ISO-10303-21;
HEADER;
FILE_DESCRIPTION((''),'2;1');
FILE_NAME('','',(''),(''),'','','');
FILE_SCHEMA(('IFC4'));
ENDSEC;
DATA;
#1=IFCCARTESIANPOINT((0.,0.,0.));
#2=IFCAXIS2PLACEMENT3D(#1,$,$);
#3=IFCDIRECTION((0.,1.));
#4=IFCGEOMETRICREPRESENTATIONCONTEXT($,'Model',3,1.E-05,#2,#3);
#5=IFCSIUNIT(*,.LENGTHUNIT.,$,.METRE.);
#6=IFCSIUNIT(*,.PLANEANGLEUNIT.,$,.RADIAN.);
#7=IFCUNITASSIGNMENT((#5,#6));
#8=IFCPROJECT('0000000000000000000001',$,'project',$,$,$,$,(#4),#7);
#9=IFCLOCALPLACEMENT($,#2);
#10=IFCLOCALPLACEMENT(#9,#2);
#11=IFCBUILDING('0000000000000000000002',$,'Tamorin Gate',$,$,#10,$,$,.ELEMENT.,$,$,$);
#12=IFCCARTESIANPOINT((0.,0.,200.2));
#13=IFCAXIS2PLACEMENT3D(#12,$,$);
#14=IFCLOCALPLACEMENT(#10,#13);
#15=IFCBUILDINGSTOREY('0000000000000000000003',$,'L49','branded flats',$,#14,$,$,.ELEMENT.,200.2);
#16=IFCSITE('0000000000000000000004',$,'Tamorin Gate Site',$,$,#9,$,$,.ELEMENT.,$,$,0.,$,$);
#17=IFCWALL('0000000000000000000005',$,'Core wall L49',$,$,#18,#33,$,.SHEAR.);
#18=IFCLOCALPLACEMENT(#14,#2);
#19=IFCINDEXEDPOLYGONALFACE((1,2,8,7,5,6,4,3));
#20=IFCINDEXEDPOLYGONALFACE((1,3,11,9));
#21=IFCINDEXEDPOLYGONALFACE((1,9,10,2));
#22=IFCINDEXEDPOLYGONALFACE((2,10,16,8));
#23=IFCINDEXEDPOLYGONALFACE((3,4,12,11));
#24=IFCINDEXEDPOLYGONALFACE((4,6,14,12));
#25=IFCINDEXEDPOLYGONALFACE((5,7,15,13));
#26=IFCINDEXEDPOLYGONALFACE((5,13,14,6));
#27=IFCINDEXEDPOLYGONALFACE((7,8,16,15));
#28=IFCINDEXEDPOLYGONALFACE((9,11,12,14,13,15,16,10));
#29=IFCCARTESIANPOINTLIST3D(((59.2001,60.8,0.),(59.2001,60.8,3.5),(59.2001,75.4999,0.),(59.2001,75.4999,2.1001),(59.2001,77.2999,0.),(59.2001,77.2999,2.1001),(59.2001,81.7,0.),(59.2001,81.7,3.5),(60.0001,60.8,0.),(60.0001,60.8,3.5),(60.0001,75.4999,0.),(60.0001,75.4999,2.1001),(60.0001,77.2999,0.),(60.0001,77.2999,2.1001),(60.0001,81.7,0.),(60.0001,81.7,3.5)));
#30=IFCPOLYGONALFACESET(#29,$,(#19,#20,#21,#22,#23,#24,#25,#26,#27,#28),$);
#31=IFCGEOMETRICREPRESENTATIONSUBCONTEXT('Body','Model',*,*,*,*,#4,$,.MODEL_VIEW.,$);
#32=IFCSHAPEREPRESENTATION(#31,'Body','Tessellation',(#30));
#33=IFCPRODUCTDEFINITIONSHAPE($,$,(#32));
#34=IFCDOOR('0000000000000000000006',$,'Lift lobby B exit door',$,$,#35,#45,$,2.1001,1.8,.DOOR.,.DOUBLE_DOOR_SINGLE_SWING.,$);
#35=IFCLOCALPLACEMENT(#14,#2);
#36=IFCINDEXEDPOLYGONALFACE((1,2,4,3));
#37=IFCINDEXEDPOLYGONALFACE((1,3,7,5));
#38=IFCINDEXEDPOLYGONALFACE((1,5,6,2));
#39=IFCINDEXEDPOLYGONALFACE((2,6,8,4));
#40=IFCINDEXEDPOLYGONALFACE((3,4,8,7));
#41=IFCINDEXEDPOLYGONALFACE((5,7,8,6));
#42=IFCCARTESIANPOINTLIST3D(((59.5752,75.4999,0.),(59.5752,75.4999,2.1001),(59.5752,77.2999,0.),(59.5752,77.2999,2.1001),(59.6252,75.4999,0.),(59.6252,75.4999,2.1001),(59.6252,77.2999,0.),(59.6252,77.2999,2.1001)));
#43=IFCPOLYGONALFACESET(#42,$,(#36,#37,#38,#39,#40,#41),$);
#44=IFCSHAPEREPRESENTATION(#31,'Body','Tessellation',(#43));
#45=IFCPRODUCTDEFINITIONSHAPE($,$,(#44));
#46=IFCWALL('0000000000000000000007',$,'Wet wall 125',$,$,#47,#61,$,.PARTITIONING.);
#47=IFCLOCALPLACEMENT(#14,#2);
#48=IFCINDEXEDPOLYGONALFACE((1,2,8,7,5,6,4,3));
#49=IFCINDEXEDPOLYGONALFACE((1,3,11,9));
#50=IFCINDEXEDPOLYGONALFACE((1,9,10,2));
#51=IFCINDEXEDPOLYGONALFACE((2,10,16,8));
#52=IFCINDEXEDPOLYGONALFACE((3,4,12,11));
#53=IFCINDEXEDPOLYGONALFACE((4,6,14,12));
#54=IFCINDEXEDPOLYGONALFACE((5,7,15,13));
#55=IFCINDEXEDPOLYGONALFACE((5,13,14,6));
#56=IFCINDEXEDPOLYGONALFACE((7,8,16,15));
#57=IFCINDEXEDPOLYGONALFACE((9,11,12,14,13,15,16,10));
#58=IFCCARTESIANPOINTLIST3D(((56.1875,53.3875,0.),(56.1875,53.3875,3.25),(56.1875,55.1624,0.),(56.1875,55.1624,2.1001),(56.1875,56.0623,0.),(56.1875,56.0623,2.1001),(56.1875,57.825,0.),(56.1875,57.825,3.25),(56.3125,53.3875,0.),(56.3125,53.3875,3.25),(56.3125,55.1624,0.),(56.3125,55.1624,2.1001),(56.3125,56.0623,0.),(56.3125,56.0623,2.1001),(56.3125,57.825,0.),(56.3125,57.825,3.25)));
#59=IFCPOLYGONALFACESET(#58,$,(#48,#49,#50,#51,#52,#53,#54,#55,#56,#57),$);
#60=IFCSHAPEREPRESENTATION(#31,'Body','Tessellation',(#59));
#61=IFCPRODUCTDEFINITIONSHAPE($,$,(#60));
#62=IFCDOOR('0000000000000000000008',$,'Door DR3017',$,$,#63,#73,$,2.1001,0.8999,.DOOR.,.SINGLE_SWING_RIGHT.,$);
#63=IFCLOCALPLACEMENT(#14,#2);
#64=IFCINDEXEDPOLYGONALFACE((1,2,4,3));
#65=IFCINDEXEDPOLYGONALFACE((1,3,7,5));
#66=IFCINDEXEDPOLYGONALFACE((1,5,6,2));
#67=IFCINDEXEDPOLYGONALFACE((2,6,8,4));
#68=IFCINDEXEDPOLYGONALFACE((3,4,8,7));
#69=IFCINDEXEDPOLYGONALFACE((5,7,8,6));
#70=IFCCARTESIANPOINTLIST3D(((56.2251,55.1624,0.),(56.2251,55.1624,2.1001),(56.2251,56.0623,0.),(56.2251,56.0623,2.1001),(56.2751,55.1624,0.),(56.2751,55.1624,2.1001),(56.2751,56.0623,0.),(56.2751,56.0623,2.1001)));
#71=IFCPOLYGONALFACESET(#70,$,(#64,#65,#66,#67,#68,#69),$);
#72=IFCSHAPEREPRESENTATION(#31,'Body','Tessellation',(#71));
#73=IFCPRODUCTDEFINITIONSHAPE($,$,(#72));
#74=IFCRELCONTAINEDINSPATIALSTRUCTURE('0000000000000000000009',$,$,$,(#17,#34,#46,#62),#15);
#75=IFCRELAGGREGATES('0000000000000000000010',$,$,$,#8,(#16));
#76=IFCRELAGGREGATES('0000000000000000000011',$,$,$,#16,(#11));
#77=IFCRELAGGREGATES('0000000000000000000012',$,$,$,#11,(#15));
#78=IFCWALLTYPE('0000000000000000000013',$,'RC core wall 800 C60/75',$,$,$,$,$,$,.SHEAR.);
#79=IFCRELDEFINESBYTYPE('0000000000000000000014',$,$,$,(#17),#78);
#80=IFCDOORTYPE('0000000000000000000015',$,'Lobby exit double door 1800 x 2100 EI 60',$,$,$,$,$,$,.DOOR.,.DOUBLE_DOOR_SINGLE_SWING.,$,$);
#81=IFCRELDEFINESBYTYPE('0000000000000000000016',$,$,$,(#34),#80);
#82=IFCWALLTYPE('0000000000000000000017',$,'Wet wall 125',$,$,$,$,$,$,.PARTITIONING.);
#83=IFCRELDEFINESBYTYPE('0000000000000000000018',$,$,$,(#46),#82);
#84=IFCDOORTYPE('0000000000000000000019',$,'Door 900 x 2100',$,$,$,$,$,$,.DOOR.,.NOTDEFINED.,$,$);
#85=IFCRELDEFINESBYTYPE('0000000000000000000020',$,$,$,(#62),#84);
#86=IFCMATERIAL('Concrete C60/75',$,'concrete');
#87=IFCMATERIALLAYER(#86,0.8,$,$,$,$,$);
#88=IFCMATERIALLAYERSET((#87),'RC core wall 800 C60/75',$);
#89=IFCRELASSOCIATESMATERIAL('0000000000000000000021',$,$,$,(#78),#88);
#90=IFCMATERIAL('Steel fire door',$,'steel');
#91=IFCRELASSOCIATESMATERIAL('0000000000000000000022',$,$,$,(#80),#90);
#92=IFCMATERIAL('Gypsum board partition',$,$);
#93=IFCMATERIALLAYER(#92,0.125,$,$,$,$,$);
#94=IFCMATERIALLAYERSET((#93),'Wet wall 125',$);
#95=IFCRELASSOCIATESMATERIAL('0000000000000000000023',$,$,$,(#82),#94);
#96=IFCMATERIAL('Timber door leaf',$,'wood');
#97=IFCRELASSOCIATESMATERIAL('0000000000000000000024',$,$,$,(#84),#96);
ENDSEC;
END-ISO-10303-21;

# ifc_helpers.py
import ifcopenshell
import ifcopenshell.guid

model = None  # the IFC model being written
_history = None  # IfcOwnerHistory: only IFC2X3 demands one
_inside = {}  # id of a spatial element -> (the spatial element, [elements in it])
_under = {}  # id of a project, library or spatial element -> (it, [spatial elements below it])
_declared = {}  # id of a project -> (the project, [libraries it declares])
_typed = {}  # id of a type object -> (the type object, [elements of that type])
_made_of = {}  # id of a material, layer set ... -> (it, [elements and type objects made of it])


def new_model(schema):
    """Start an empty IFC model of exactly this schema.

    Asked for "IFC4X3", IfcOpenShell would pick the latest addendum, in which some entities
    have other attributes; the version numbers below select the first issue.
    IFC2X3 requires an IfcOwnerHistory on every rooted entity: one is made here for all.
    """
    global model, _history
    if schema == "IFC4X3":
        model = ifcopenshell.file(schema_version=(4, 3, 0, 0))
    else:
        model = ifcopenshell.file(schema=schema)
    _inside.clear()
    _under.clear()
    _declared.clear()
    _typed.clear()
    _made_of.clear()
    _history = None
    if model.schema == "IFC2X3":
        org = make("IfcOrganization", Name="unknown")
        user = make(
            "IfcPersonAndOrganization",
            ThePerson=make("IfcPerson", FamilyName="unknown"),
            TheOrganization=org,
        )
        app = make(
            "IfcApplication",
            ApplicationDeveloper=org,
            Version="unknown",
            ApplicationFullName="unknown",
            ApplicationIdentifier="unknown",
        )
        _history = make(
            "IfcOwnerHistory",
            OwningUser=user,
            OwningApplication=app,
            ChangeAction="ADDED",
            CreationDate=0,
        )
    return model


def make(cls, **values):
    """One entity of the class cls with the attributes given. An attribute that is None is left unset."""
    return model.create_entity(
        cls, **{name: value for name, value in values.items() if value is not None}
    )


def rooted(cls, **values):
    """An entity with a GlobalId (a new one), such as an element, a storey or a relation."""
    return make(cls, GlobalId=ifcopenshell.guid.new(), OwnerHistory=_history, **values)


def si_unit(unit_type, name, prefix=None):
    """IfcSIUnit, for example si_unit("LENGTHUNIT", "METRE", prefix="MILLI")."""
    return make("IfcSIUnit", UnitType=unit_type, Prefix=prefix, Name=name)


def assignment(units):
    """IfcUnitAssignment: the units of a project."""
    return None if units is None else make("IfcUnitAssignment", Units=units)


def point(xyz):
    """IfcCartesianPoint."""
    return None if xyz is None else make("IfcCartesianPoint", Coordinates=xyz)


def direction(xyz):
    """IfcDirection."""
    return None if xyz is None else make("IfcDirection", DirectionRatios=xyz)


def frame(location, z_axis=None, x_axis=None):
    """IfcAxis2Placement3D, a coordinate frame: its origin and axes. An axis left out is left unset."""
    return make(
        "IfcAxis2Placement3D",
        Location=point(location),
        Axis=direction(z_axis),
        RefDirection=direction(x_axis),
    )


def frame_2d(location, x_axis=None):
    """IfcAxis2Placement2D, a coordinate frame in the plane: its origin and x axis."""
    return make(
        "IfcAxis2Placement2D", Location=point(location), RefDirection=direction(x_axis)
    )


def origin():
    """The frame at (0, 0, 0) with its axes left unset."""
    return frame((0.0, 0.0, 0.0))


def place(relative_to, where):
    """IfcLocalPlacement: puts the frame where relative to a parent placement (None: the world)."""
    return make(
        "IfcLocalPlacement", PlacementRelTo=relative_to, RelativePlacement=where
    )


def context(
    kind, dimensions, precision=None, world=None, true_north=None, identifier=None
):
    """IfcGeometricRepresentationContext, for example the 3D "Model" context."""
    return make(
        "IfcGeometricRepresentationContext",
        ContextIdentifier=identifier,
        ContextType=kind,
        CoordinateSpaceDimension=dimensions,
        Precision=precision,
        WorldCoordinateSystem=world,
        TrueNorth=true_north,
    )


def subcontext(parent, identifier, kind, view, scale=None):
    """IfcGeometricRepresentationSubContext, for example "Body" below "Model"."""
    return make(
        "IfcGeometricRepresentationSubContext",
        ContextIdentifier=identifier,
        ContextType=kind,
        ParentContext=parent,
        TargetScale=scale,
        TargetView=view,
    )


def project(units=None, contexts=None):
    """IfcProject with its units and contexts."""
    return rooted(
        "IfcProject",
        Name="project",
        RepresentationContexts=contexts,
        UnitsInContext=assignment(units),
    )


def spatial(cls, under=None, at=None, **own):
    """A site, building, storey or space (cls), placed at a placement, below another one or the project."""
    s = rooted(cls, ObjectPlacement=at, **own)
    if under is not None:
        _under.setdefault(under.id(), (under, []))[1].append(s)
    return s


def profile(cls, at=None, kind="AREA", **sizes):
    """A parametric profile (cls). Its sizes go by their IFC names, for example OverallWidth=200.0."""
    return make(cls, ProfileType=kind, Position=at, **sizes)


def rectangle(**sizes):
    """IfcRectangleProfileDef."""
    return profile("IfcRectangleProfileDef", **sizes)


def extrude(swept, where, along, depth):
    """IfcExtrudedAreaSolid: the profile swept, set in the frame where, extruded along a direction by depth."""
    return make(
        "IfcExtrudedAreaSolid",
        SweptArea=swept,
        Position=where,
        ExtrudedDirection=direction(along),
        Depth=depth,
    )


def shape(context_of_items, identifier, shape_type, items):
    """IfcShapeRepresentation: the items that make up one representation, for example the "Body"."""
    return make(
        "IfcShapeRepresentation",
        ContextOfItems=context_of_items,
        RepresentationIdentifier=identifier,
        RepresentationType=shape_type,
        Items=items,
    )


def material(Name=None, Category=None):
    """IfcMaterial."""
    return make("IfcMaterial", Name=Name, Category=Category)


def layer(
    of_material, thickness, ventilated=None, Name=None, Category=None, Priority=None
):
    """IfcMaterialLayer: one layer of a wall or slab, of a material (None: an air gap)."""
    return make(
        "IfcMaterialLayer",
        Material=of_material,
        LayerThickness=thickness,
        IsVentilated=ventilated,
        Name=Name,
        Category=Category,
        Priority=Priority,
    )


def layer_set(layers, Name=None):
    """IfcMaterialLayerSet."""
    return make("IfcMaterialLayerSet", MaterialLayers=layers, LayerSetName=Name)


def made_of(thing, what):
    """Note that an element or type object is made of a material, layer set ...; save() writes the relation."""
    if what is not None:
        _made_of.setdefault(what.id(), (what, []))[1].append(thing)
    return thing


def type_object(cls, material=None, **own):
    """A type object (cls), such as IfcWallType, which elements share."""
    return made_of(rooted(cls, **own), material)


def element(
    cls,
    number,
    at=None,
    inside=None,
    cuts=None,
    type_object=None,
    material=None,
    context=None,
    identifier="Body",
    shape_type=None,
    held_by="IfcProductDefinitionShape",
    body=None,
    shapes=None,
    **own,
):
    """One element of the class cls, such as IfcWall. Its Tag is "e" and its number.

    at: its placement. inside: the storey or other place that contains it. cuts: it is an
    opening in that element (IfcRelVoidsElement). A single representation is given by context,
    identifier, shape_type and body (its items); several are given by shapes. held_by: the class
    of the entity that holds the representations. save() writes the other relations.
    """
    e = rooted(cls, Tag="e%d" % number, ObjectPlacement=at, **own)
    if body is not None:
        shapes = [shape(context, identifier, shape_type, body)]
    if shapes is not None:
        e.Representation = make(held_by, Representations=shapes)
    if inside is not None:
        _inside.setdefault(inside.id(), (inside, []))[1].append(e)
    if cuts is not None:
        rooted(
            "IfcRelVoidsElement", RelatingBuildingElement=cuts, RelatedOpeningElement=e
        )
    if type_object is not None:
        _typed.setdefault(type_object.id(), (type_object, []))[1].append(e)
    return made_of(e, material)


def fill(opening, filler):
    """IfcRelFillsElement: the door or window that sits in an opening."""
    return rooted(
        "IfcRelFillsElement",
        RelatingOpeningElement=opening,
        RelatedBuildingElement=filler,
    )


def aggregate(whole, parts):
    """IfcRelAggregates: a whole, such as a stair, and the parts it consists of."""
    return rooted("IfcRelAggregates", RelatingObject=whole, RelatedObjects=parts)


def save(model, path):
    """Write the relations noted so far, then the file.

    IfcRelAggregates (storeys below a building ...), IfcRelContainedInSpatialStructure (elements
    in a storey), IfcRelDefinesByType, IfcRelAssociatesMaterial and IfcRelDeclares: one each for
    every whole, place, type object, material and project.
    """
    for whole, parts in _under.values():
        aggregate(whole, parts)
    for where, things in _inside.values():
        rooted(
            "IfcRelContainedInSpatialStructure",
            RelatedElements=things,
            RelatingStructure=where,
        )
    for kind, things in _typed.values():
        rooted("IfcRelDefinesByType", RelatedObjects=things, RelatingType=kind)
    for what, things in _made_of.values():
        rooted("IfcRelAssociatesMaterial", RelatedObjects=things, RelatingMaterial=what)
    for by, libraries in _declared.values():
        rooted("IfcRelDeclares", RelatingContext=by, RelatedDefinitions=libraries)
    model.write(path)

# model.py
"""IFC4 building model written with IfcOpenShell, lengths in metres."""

from ifc_helpers import new_model, si_unit, direction, frame, frame_2d, origin, place, context, subcontext, project, spatial, rectangle, extrude, material, layer, layer_set, type_object, element, fill, save


model = new_model("IFC4")

# Units and contexts
model_context = context("Model", 3, precision=1e-05, world=origin(), true_north=direction((0.0, 1.0)))
body_context = subcontext(model_context, "Body", "Model", "MODEL_VIEW")
ifc_project = project(units=[si_unit("LENGTHUNIT", "METRE"), si_unit("PLANEANGLEUNIT", "RADIAN")], contexts=[model_context])

# Site, building, storey
site_placement = place(None, origin())
site = spatial("IfcSite", under=ifc_project, at=site_placement, Name="Tamorin Gate Site", CompositionType="ELEMENT", RefElevation=0.0)
building_placement = place(site_placement, origin())
building = spatial("IfcBuilding", under=site, at=building_placement, Name="Tamorin Gate", CompositionType="ELEMENT")
storey_placement = place(building_placement, frame((0.0, 0.0, 200.2)))
storey = spatial("IfcBuildingStorey", under=building, at=storey_placement, Name="L49", Description="branded flats", CompositionType="ELEMENT", Elevation=200.2)

# Shared definitions
ifc_material_1 = material(Name="Concrete C60/75", Category="concrete")

# Shared definitions
ifc_material_2 = material(Name="Gypsum board partition")
ifc_material_3 = material(Name="Timber door leaf", Category="wood")

# Walls, openings, doors
ifc_layer_1 = layer(ifc_material_1, 0.8)
ifc_layer_set_1 = layer_set([ifc_layer_1], Name="RC core wall 800 C60/75")
wall_type_1 = type_object("IfcWallType", Name="RC core wall 800 C60/75", PredefinedType="SHEAR", material=ifc_layer_set_1)
wall_1_placement = place(storey_placement, frame((59.6001, 60.8, 0.0), z_axis=(0.0, 0.0, 1.0), x_axis=(0.0, 1.0, 0.0)))
wall_1 = element("IfcWall", 1, at=wall_1_placement, inside=storey, type_object=wall_type_1, Name="Core wall L49", PredefinedType="SHEAR", context=body_context, shape_type="SweptSolid", body=[
    extrude(rectangle(XDim=20.8999, YDim=0.8, at=frame_2d((10.45, 0.0))), origin(), (0.0, 0.0, 1.0), 3.5),
])
opening_1_placement = place(wall_1_placement, frame((14.7, 0.0, 0.0)))
opening_1 = element("IfcOpeningElement", 2, at=opening_1_placement, cuts=wall_1, PredefinedType="OPENING", context=body_context, shape_type="SweptSolid", body=[
    extrude(rectangle(XDim=1.8, YDim=2.1001, at=frame_2d((0.8999, 1.05))), frame((0.0, 0.4099, 0.0), z_axis=(0.0, -1.0, 0.0), x_axis=(1.0, 0.0, 0.0)), (0.0, 0.0, 1.0), 0.8201),
])
ifc_material_4 = material(Name="Steel fire door", Category="steel")
door_type_1 = type_object("IfcDoorType", Name="Lobby exit double door 1800 x 2100 EI 60", OperationType="DOUBLE_DOOR_SINGLE_SWING", PredefinedType="DOOR", material=ifc_material_4)
door_1_placement = place(opening_1_placement, origin())
door_1 = element("IfcDoor", 3, at=door_1_placement, inside=storey, type_object=door_type_1, Name="Lift lobby B exit door", OperationType="DOUBLE_DOOR_SINGLE_SWING", OverallHeight=2.1001, OverallWidth=1.8, PredefinedType="DOOR", context=body_context, shape_type="SweptSolid", body=[
    extrude(rectangle(XDim=1.8, YDim=2.1001, at=frame_2d((0.8999, 1.05))), frame((0.0, 0.0249, 0.0), z_axis=(0.0, -1.0, 0.0), x_axis=(1.0, 0.0, 0.0)), (0.0, 0.0, 1.0), 0.05),
])
fill(opening_1, door_1)
ifc_layer_2 = layer(ifc_material_2, 0.125)
ifc_layer_set_2 = layer_set([ifc_layer_2], Name="Wet wall 125")
wall_type_2 = type_object("IfcWallType", Name="Wet wall 125", PredefinedType="PARTITIONING", material=ifc_layer_set_2)
wall_2_placement = place(storey_placement, frame((56.25, 53.3875, 0.0), z_axis=(0.0, 0.0, 1.0), x_axis=(0.0, 1.0, 0.0)))
wall_2 = element("IfcWall", 4, at=wall_2_placement, inside=storey, type_object=wall_type_2, Name="Wet wall 125", PredefinedType="PARTITIONING", context=body_context, shape_type="SweptSolid", body=[
    extrude(rectangle(XDim=4.4375, YDim=0.125, at=frame_2d((2.2188, 0.0))), origin(), (0.0, 0.0, 1.0), 3.25),
])
opening_2_placement = place(wall_2_placement, frame((1.7749, 0.0, 0.0)))
opening_2 = element("IfcOpeningElement", 5, at=opening_2_placement, cuts=wall_2, PredefinedType="OPENING", context=body_context, shape_type="SweptSolid", body=[
    extrude(rectangle(XDim=0.8999, YDim=2.1001, at=frame_2d((0.45, 1.05))), frame((0.0, 0.0725, 0.0), z_axis=(0.0, -1.0, 0.0), x_axis=(1.0, 0.0, 0.0)), (0.0, 0.0, 1.0), 0.145),
])
door_type_2 = type_object("IfcDoorType", Name="Door 900 x 2100", OperationType="NOTDEFINED", PredefinedType="DOOR", material=ifc_material_3)
door_2_placement = place(opening_2_placement, origin())
door_2 = element("IfcDoor", 6, at=door_2_placement, inside=storey, type_object=door_type_2, Name="Door DR3017", OperationType="SINGLE_SWING_RIGHT", OverallHeight=2.1001, OverallWidth=0.8999, PredefinedType="DOOR", context=body_context, shape_type="SweptSolid", body=[
    extrude(rectangle(XDim=0.8999, YDim=2.1001, at=frame_2d((0.45, 1.05))), frame((0.0, 0.0249, 0.0), z_axis=(0.0, -1.0, 0.0), x_axis=(1.0, 0.0, 0.0)), (0.0, 0.0, 1.0), 0.05),
])
fill(opening_2, door_2)

save(model, "model.ifc")
